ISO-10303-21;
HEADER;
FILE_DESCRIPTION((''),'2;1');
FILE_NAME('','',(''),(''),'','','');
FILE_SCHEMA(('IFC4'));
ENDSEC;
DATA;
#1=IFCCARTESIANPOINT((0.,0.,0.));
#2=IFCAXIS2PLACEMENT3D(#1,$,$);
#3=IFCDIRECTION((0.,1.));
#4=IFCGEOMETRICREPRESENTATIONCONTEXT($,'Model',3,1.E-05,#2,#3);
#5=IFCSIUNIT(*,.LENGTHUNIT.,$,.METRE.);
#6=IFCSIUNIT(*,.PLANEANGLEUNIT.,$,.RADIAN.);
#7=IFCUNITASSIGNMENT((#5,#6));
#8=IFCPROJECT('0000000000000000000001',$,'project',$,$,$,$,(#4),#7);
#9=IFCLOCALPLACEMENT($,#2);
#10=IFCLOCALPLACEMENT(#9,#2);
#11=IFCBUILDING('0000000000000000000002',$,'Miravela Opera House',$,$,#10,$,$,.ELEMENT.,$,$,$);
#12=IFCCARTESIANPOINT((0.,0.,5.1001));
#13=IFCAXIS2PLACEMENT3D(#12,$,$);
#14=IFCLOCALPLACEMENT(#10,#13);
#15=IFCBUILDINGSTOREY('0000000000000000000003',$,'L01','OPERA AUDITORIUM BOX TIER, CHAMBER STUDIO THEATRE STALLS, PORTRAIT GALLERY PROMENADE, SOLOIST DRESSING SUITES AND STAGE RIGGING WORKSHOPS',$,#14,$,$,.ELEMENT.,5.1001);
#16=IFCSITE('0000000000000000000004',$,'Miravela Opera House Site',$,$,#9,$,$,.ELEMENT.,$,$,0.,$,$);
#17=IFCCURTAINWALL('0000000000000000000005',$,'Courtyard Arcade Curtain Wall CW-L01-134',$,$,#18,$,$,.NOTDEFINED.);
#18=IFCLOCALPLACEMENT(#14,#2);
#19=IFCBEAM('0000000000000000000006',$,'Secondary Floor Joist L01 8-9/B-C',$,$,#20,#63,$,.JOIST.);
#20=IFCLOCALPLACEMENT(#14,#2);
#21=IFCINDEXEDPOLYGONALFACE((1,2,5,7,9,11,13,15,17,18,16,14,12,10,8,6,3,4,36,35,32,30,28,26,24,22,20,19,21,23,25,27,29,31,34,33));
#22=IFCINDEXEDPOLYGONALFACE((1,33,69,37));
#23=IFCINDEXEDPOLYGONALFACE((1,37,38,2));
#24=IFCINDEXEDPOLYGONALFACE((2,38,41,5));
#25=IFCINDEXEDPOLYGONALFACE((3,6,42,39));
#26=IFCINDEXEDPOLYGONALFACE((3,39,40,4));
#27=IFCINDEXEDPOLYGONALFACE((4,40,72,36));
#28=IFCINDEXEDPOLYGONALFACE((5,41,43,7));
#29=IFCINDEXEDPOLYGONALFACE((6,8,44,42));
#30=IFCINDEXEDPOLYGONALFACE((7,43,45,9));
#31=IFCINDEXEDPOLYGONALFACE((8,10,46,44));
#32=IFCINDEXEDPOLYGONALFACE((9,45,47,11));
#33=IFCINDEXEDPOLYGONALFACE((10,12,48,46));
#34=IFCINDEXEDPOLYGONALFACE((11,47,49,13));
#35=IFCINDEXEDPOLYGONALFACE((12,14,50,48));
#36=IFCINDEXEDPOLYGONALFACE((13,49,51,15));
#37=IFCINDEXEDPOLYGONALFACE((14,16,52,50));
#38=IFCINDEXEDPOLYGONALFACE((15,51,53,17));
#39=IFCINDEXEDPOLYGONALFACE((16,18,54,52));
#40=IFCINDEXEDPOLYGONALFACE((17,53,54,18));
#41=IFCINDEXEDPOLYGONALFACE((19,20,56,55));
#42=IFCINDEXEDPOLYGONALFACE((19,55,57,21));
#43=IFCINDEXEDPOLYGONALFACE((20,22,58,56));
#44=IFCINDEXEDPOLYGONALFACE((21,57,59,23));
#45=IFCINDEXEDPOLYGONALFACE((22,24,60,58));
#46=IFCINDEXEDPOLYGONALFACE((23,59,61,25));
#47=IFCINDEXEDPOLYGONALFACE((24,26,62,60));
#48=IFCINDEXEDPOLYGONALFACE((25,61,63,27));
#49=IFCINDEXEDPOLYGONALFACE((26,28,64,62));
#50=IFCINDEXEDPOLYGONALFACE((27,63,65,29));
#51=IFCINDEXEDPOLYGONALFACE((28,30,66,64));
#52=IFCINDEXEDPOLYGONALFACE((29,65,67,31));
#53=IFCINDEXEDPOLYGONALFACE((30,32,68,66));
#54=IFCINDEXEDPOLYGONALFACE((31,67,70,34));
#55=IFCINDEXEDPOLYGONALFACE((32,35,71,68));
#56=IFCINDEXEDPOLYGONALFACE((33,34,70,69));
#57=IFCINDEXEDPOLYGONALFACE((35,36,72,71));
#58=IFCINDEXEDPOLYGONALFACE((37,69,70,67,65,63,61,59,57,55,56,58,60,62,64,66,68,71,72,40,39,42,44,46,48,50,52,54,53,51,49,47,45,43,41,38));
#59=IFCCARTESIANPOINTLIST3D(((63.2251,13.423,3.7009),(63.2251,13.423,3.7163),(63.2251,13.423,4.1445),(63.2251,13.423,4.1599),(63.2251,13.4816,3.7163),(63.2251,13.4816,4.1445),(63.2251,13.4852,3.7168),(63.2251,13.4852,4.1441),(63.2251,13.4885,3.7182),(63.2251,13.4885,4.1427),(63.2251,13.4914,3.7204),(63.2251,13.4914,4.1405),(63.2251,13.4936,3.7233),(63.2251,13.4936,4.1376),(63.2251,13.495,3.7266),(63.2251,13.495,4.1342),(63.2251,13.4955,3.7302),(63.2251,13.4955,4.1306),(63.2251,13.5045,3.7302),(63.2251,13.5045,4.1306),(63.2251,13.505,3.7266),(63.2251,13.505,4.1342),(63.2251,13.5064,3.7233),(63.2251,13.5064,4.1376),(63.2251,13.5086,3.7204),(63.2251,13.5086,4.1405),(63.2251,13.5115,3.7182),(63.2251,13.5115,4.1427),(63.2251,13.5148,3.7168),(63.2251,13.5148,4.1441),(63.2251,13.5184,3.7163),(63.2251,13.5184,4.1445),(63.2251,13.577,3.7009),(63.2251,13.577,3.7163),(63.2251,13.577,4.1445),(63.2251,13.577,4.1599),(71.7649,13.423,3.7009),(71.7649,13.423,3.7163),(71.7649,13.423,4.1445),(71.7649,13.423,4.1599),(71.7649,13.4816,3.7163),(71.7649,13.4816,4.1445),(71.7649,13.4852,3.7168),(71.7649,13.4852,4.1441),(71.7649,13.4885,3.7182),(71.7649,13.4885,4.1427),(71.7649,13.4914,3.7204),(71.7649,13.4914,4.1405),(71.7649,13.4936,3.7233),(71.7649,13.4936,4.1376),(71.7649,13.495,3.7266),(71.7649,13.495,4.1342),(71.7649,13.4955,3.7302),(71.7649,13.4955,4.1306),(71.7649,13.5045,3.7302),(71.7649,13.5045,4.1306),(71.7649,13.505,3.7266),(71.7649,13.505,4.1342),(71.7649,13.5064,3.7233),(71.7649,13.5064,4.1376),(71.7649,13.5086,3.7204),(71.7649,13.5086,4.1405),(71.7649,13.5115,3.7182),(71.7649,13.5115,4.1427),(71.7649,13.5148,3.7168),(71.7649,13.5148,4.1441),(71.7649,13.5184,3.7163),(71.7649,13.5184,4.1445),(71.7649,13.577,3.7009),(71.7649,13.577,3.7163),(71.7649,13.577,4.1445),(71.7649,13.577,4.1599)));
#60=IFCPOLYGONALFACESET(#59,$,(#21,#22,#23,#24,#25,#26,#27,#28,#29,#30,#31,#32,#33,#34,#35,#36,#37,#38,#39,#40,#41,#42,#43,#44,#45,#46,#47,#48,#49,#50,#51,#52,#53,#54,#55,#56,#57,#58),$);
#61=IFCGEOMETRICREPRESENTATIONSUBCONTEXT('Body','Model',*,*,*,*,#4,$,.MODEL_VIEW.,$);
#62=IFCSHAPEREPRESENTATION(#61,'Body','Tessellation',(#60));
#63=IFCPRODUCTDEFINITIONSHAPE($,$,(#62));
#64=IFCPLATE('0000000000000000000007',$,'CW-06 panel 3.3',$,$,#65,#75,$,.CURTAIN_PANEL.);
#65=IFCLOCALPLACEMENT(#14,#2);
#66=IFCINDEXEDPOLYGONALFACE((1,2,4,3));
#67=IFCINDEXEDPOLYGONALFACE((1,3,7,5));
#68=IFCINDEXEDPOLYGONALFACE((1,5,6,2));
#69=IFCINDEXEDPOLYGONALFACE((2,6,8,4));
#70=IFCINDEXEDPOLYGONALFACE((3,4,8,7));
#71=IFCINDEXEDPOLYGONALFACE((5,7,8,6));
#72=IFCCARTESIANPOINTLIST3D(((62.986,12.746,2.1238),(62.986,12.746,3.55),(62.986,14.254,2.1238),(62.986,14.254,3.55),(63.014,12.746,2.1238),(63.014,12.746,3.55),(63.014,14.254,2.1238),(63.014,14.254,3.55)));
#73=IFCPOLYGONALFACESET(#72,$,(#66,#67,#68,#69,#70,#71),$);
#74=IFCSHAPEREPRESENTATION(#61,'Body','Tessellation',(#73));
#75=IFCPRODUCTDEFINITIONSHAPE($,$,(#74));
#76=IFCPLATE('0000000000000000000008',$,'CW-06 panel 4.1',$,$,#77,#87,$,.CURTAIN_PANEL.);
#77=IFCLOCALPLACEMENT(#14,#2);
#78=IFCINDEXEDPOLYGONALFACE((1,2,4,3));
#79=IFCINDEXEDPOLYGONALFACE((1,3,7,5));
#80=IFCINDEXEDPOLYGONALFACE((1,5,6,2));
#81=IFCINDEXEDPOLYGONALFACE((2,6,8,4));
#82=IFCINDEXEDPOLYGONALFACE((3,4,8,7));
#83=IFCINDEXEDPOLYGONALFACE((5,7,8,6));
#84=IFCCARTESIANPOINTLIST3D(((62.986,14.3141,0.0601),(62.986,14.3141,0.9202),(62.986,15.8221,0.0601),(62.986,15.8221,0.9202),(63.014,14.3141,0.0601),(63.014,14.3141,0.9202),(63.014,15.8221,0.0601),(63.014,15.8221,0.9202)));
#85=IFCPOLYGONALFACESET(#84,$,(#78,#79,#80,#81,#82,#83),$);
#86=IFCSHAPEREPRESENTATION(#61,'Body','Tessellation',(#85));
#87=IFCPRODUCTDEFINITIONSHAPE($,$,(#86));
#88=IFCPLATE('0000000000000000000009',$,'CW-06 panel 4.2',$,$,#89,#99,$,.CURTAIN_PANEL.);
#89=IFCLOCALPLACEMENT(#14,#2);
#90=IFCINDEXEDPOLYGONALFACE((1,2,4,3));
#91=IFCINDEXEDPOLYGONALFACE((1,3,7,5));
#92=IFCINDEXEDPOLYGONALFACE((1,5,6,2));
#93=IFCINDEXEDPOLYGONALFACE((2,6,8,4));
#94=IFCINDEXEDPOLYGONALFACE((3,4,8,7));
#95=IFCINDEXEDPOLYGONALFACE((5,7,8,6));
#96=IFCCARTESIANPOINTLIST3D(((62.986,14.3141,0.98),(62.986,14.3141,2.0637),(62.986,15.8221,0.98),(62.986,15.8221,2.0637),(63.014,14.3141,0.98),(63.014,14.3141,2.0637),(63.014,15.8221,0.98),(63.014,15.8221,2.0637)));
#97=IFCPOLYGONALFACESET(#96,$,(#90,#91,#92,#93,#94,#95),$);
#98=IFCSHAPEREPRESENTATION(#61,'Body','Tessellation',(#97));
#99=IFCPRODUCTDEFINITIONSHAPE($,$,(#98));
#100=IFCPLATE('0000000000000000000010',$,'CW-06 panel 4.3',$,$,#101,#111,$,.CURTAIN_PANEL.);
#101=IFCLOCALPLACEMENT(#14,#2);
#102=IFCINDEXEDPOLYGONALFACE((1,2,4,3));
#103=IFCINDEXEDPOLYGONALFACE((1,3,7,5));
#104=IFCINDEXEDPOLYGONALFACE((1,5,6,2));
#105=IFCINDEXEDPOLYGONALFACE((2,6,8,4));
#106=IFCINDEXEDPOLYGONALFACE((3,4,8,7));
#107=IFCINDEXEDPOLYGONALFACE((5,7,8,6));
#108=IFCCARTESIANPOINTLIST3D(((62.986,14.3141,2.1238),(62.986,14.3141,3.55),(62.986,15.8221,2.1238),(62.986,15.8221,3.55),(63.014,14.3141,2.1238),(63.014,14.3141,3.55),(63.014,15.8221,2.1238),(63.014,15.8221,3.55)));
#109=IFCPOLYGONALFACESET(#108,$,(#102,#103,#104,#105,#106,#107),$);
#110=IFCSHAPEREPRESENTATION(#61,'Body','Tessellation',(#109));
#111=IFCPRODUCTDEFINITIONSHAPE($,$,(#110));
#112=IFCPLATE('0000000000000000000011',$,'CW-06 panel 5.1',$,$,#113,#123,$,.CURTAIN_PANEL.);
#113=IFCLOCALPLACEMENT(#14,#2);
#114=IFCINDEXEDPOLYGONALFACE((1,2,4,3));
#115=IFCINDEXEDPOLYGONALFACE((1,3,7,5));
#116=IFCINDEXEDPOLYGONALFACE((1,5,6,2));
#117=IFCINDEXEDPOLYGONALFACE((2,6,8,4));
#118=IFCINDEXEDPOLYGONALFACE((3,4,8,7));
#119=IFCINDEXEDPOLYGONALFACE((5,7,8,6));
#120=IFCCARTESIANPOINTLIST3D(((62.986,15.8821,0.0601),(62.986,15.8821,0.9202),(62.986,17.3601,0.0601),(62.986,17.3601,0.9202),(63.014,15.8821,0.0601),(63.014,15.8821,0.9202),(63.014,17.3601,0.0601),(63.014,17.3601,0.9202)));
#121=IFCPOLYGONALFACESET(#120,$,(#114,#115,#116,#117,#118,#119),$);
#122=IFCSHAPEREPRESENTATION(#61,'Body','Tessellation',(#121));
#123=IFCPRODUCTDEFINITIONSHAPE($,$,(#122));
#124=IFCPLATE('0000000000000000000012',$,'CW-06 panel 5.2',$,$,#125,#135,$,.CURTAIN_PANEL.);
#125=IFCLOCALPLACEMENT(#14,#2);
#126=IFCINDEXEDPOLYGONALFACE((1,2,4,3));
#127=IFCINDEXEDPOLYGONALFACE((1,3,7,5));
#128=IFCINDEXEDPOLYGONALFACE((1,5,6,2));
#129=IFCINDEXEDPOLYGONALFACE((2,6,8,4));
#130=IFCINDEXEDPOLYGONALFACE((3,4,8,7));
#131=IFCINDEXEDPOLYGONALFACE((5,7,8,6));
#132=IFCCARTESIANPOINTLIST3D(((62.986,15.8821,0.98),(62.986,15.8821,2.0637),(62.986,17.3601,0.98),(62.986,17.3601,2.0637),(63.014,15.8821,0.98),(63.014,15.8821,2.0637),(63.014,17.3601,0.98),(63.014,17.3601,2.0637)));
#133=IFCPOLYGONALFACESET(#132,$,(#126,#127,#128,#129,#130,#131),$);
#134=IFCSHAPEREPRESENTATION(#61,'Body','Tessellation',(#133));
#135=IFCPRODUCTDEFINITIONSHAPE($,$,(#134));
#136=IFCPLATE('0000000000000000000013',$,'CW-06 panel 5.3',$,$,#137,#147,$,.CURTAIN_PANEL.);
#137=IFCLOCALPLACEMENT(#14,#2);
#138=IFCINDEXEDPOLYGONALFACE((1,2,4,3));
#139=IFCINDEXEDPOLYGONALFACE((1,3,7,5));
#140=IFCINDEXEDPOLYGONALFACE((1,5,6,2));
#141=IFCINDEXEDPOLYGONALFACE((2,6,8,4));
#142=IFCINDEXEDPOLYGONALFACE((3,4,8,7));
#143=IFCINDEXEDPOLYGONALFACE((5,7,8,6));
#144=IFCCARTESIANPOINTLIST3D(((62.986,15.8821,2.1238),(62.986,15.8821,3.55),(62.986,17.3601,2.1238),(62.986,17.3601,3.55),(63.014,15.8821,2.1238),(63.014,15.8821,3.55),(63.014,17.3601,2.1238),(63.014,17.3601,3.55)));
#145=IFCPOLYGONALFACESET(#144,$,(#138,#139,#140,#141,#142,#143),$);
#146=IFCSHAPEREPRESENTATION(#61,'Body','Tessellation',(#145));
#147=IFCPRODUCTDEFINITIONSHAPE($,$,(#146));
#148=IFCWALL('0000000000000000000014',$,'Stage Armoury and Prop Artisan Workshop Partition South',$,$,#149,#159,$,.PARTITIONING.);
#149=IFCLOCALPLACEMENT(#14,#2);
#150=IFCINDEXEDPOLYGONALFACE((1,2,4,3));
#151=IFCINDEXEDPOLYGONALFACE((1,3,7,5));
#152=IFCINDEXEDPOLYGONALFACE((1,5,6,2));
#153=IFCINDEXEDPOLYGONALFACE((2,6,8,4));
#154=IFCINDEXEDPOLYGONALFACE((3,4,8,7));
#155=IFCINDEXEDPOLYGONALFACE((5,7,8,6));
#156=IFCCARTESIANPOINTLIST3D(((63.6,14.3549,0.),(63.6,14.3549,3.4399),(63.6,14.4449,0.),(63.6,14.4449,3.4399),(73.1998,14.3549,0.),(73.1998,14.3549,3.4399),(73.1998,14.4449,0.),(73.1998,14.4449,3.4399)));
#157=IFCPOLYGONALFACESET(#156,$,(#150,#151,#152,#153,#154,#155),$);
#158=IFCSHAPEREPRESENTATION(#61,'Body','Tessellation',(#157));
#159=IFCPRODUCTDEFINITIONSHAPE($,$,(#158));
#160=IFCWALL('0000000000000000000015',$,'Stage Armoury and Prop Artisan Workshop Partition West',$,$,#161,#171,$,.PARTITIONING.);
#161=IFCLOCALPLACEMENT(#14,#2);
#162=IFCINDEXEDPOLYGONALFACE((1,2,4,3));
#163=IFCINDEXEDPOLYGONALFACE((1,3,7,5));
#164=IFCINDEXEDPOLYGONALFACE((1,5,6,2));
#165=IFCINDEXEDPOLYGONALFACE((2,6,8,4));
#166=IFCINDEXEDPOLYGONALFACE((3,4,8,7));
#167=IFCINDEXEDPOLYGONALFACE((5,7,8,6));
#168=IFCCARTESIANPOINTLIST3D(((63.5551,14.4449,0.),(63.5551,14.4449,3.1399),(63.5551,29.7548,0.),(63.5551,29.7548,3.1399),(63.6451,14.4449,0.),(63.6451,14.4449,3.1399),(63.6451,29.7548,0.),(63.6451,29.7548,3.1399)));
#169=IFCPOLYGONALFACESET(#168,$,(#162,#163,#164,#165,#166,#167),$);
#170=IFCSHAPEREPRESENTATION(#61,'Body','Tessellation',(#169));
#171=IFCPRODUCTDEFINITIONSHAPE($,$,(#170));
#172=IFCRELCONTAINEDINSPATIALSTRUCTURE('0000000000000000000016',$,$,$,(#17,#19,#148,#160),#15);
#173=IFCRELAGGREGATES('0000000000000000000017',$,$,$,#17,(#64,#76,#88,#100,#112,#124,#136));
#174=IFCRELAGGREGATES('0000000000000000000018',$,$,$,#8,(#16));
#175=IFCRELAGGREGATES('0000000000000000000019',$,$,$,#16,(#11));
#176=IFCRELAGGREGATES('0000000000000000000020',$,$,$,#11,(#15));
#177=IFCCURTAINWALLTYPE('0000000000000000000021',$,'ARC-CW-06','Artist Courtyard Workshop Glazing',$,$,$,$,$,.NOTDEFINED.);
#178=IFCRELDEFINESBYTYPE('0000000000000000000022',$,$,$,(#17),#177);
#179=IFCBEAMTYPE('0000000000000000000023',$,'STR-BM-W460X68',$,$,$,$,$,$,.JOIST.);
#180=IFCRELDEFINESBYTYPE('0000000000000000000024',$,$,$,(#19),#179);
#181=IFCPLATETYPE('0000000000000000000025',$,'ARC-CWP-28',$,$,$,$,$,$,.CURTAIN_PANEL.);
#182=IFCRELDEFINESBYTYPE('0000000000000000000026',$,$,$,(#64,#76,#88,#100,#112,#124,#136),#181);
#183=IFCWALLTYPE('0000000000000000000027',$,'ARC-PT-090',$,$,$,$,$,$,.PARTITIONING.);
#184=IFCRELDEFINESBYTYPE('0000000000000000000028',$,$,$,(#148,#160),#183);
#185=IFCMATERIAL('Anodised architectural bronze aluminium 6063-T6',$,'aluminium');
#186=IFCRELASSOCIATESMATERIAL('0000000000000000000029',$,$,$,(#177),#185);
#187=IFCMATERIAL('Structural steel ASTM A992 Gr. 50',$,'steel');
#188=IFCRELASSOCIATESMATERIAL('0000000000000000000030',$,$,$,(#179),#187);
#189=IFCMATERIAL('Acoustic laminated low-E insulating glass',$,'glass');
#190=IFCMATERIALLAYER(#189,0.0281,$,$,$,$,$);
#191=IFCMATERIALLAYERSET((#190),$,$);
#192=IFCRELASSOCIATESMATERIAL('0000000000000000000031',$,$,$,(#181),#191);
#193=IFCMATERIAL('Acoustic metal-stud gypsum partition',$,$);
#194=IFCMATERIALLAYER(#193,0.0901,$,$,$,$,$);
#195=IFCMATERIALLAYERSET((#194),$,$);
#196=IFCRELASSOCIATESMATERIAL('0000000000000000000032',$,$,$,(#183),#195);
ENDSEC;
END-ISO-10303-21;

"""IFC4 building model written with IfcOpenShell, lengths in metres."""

from ifc_helpers import new_model, si_unit, direction, frame, frame_2d, origin, origin_2d, place, context, subcontext, project, spatial, rectangle, i_section, extrude, material, layer, layer_set, material_profile, profile_set, type_object, element, aggregate, save


model = new_model("IFC4")

# Units and contexts
model_context = context("Model", 3, precision=1e-05, world=origin(), true_north=direction((0.0, 1.0)))
body_context = subcontext(model_context, "Body", "Model", "MODEL_VIEW")
ifc_project = project(units=[si_unit("LENGTHUNIT", "METRE"), si_unit("PLANEANGLEUNIT", "RADIAN")], contexts=[model_context])

# Site, building, storey
site_placement = place(None, origin())
site = spatial("IfcSite", under=ifc_project, at=site_placement, Name="Miravela Opera House Site", CompositionType="ELEMENT", RefElevation=0.0)
building_placement = place(site_placement, origin())
building = spatial("IfcBuilding", under=site, at=building_placement, Name="Miravela Opera House", CompositionType="ELEMENT")
storey_placement = place(building_placement, frame((0.0, 0.0, 5.1001)))
storey = spatial("IfcBuildingStorey", under=building, at=storey_placement, Name="L01", Description="OPERA AUDITORIUM BOX TIER, CHAMBER STUDIO THEATRE STALLS, PORTRAIT GALLERY PROMENADE, SOLOIST DRESSING SUITES AND STAGE RIGGING WORKSHOPS", CompositionType="ELEMENT", Elevation=5.1001)

# Curtain wall
ifc_material_1 = material(Name="Anodised architectural bronze aluminium 6063-T6", Category="aluminium")
curtain_wall_type = type_object("IfcCurtainWallType", Name="ARC-CW-06", Description="Artist Courtyard Workshop Glazing", PredefinedType="NOTDEFINED", material=ifc_material_1)
curtain_wall_placement = place(storey_placement, origin())
curtain_wall = element("IfcCurtainWall", 1, at=curtain_wall_placement, inside=storey, type_object=curtain_wall_type, Name="Courtyard Arcade Curtain Wall CW-L01-134", PredefinedType="NOTDEFINED")

# Beam
ifc_material_2 = material(Name="Structural steel ASTM A992 Gr. 50", Category="steel")
ifc_material_profile_1 = material_profile(ifc_material_2, i_section(OverallWidth=0.1541, OverallDepth=0.459, WebThickness=0.009, FlangeThickness=0.0154, FilletRadius=0.0139, at=origin_2d()), Name="W460X68")
ifc_profile_set_1 = profile_set([ifc_material_profile_1])
beam_type_1 = type_object("IfcBeamType", Name="STR-BM-W460X68", PredefinedType="JOIST", material=ifc_profile_set_1)
beam_1_placement = place(storey_placement, frame((63.2251, 13.5, 3.9304), z_axis=(1.0, 0.0, 0.0), x_axis=(0.0, 1.0, 0.0)))
element("IfcBeam", 2, at=beam_1_placement, inside=storey, type_object=beam_type_1, Name="Secondary Floor Joist L01 8-9/B-C", PredefinedType="JOIST", context=body_context, shape_type="SweptSolid", body=[
    extrude(i_section(OverallWidth=0.1541, OverallDepth=0.459, WebThickness=0.009, FlangeThickness=0.0154, FilletRadius=0.0139, at=origin_2d()), origin(), (0.0, 0.0, 1.0), 8.5398),
])

# Plates
ifc_material_3 = material(Name="Acoustic laminated low-E insulating glass", Category="glass")
ifc_layer_1 = layer(ifc_material_3, 0.0281)
ifc_layer_set_1 = layer_set([ifc_layer_1])
plate_type = type_object("IfcPlateType", Name="ARC-CWP-28", PredefinedType="CURTAIN_PANEL", material=ifc_layer_set_1)
plate_1_placement = place(storey_placement, frame((63.0, 13.5, 2.1238), z_axis=(0.0, 0.0, 1.0), x_axis=(0.0, 1.0, 0.0)))
plate_1 = element("IfcPlate", 3, at=plate_1_placement, type_object=plate_type, Name="CW-06 panel 3.3", PredefinedType="CURTAIN_PANEL", context=body_context, shape_type="SweptSolid", body=[
    extrude(rectangle(XDim=1.5081, YDim=0.0281, at=origin_2d()), origin(), (0.0, 0.0, 1.0), 1.4263),
])
plate_2_placement = place(storey_placement, frame((63.0, 15.0681, 0.0601), z_axis=(0.0, 0.0, 1.0), x_axis=(0.0, 1.0, 0.0)))
plate_2 = element("IfcPlate", 4, at=plate_2_placement, type_object=plate_type, Name="CW-06 panel 4.1", PredefinedType="CURTAIN_PANEL", context=body_context, shape_type="SweptSolid", body=[
    extrude(rectangle(XDim=1.5081, YDim=0.0281, at=origin_2d()), origin(), (0.0, 0.0, 1.0), 0.8601),
])
plate_3_placement = place(storey_placement, frame((63.0, 15.0681, 0.98), z_axis=(0.0, 0.0, 1.0), x_axis=(0.0, 1.0, 0.0)))
plate_3 = element("IfcPlate", 5, at=plate_3_placement, type_object=plate_type, Name="CW-06 panel 4.2", PredefinedType="CURTAIN_PANEL", context=body_context, shape_type="SweptSolid", body=[
    extrude(rectangle(XDim=1.5081, YDim=0.0281, at=origin_2d()), origin(), (0.0, 0.0, 1.0), 1.0837),
])
plate_4_placement = place(storey_placement, frame((63.0, 15.0681, 2.1238), z_axis=(0.0, 0.0, 1.0), x_axis=(0.0, 1.0, 0.0)))
plate_4 = element("IfcPlate", 6, at=plate_4_placement, type_object=plate_type, Name="CW-06 panel 4.3", PredefinedType="CURTAIN_PANEL", context=body_context, shape_type="SweptSolid", body=[
    extrude(rectangle(XDim=1.5081, YDim=0.0281, at=origin_2d()), origin(), (0.0, 0.0, 1.0), 1.4263),
])
plate_5_placement = place(storey_placement, frame((63.0, 16.6211, 0.0601), z_axis=(0.0, 0.0, 1.0), x_axis=(0.0, 1.0, 0.0)))
plate_5 = element("IfcPlate", 7, at=plate_5_placement, type_object=plate_type, Name="CW-06 panel 5.1", PredefinedType="CURTAIN_PANEL", context=body_context, shape_type="SweptSolid", body=[
    extrude(rectangle(XDim=1.478, YDim=0.0281, at=origin_2d()), origin(), (0.0, 0.0, 1.0), 0.8601),
])
plate_6_placement = place(storey_placement, frame((63.0, 16.6211, 0.98), z_axis=(0.0, 0.0, 1.0), x_axis=(0.0, 1.0, 0.0)))
plate_6 = element("IfcPlate", 8, at=plate_6_placement, type_object=plate_type, Name="CW-06 panel 5.2", PredefinedType="CURTAIN_PANEL", context=body_context, shape_type="SweptSolid", body=[
    extrude(rectangle(XDim=1.478, YDim=0.0281, at=origin_2d()), origin(), (0.0, 0.0, 1.0), 1.0837),
])
plate_7_placement = place(storey_placement, frame((63.0, 16.6211, 2.1238), z_axis=(0.0, 0.0, 1.0), x_axis=(0.0, 1.0, 0.0)))
plate_7 = element("IfcPlate", 9, at=plate_7_placement, type_object=plate_type, Name="CW-06 panel 5.3", PredefinedType="CURTAIN_PANEL", context=body_context, shape_type="SweptSolid", body=[
    extrude(rectangle(XDim=1.478, YDim=0.0281, at=origin_2d()), origin(), (0.0, 0.0, 1.0), 1.4263),
])
aggregate(curtain_wall, [plate_1, plate_2, plate_3, plate_4, plate_5, plate_6, plate_7])

# Walls
ifc_material_4 = material(Name="Acoustic metal-stud gypsum partition")
ifc_layer_2 = layer(ifc_material_4, 0.0901)
ifc_layer_set_2 = layer_set([ifc_layer_2])
wall_type_1 = type_object("IfcWallType", Name="ARC-PT-090", PredefinedType="PARTITIONING", material=ifc_layer_set_2)
wall_1_placement = place(storey_placement, frame((63.6001, 14.3999, 0.0), z_axis=(0.0, 0.0, 1.0), x_axis=(1.0, 0.0, 0.0)))
element("IfcWall", 10, at=wall_1_placement, inside=storey, type_object=wall_type_1, Name="Stage Armoury and Prop Artisan Workshop Partition South", PredefinedType="PARTITIONING", context=body_context, shape_type="SweptSolid", body=[
    extrude(rectangle(XDim=9.5999, YDim=0.0901, at=frame_2d((4.7998, 0.0))), origin(), (0.0, 0.0, 1.0), 3.4399),
])
wall_2_placement = place(storey_placement, frame((63.6001, 14.4451, 0.0), z_axis=(0.0, 0.0, 1.0), x_axis=(0.0, 1.0, 0.0)))
element("IfcWall", 11, at=wall_2_placement, inside=storey, type_object=wall_type_1, Name="Stage Armoury and Prop Artisan Workshop Partition West", PredefinedType="PARTITIONING", context=body_context, shape_type="SweptSolid", body=[
    extrude(rectangle(XDim=15.3098, YDim=0.0901, at=frame_2d((7.6548, 0.0))), origin(), (0.0, 0.0, 1.0), 3.1399),
])

save(model, "model.ifc")
